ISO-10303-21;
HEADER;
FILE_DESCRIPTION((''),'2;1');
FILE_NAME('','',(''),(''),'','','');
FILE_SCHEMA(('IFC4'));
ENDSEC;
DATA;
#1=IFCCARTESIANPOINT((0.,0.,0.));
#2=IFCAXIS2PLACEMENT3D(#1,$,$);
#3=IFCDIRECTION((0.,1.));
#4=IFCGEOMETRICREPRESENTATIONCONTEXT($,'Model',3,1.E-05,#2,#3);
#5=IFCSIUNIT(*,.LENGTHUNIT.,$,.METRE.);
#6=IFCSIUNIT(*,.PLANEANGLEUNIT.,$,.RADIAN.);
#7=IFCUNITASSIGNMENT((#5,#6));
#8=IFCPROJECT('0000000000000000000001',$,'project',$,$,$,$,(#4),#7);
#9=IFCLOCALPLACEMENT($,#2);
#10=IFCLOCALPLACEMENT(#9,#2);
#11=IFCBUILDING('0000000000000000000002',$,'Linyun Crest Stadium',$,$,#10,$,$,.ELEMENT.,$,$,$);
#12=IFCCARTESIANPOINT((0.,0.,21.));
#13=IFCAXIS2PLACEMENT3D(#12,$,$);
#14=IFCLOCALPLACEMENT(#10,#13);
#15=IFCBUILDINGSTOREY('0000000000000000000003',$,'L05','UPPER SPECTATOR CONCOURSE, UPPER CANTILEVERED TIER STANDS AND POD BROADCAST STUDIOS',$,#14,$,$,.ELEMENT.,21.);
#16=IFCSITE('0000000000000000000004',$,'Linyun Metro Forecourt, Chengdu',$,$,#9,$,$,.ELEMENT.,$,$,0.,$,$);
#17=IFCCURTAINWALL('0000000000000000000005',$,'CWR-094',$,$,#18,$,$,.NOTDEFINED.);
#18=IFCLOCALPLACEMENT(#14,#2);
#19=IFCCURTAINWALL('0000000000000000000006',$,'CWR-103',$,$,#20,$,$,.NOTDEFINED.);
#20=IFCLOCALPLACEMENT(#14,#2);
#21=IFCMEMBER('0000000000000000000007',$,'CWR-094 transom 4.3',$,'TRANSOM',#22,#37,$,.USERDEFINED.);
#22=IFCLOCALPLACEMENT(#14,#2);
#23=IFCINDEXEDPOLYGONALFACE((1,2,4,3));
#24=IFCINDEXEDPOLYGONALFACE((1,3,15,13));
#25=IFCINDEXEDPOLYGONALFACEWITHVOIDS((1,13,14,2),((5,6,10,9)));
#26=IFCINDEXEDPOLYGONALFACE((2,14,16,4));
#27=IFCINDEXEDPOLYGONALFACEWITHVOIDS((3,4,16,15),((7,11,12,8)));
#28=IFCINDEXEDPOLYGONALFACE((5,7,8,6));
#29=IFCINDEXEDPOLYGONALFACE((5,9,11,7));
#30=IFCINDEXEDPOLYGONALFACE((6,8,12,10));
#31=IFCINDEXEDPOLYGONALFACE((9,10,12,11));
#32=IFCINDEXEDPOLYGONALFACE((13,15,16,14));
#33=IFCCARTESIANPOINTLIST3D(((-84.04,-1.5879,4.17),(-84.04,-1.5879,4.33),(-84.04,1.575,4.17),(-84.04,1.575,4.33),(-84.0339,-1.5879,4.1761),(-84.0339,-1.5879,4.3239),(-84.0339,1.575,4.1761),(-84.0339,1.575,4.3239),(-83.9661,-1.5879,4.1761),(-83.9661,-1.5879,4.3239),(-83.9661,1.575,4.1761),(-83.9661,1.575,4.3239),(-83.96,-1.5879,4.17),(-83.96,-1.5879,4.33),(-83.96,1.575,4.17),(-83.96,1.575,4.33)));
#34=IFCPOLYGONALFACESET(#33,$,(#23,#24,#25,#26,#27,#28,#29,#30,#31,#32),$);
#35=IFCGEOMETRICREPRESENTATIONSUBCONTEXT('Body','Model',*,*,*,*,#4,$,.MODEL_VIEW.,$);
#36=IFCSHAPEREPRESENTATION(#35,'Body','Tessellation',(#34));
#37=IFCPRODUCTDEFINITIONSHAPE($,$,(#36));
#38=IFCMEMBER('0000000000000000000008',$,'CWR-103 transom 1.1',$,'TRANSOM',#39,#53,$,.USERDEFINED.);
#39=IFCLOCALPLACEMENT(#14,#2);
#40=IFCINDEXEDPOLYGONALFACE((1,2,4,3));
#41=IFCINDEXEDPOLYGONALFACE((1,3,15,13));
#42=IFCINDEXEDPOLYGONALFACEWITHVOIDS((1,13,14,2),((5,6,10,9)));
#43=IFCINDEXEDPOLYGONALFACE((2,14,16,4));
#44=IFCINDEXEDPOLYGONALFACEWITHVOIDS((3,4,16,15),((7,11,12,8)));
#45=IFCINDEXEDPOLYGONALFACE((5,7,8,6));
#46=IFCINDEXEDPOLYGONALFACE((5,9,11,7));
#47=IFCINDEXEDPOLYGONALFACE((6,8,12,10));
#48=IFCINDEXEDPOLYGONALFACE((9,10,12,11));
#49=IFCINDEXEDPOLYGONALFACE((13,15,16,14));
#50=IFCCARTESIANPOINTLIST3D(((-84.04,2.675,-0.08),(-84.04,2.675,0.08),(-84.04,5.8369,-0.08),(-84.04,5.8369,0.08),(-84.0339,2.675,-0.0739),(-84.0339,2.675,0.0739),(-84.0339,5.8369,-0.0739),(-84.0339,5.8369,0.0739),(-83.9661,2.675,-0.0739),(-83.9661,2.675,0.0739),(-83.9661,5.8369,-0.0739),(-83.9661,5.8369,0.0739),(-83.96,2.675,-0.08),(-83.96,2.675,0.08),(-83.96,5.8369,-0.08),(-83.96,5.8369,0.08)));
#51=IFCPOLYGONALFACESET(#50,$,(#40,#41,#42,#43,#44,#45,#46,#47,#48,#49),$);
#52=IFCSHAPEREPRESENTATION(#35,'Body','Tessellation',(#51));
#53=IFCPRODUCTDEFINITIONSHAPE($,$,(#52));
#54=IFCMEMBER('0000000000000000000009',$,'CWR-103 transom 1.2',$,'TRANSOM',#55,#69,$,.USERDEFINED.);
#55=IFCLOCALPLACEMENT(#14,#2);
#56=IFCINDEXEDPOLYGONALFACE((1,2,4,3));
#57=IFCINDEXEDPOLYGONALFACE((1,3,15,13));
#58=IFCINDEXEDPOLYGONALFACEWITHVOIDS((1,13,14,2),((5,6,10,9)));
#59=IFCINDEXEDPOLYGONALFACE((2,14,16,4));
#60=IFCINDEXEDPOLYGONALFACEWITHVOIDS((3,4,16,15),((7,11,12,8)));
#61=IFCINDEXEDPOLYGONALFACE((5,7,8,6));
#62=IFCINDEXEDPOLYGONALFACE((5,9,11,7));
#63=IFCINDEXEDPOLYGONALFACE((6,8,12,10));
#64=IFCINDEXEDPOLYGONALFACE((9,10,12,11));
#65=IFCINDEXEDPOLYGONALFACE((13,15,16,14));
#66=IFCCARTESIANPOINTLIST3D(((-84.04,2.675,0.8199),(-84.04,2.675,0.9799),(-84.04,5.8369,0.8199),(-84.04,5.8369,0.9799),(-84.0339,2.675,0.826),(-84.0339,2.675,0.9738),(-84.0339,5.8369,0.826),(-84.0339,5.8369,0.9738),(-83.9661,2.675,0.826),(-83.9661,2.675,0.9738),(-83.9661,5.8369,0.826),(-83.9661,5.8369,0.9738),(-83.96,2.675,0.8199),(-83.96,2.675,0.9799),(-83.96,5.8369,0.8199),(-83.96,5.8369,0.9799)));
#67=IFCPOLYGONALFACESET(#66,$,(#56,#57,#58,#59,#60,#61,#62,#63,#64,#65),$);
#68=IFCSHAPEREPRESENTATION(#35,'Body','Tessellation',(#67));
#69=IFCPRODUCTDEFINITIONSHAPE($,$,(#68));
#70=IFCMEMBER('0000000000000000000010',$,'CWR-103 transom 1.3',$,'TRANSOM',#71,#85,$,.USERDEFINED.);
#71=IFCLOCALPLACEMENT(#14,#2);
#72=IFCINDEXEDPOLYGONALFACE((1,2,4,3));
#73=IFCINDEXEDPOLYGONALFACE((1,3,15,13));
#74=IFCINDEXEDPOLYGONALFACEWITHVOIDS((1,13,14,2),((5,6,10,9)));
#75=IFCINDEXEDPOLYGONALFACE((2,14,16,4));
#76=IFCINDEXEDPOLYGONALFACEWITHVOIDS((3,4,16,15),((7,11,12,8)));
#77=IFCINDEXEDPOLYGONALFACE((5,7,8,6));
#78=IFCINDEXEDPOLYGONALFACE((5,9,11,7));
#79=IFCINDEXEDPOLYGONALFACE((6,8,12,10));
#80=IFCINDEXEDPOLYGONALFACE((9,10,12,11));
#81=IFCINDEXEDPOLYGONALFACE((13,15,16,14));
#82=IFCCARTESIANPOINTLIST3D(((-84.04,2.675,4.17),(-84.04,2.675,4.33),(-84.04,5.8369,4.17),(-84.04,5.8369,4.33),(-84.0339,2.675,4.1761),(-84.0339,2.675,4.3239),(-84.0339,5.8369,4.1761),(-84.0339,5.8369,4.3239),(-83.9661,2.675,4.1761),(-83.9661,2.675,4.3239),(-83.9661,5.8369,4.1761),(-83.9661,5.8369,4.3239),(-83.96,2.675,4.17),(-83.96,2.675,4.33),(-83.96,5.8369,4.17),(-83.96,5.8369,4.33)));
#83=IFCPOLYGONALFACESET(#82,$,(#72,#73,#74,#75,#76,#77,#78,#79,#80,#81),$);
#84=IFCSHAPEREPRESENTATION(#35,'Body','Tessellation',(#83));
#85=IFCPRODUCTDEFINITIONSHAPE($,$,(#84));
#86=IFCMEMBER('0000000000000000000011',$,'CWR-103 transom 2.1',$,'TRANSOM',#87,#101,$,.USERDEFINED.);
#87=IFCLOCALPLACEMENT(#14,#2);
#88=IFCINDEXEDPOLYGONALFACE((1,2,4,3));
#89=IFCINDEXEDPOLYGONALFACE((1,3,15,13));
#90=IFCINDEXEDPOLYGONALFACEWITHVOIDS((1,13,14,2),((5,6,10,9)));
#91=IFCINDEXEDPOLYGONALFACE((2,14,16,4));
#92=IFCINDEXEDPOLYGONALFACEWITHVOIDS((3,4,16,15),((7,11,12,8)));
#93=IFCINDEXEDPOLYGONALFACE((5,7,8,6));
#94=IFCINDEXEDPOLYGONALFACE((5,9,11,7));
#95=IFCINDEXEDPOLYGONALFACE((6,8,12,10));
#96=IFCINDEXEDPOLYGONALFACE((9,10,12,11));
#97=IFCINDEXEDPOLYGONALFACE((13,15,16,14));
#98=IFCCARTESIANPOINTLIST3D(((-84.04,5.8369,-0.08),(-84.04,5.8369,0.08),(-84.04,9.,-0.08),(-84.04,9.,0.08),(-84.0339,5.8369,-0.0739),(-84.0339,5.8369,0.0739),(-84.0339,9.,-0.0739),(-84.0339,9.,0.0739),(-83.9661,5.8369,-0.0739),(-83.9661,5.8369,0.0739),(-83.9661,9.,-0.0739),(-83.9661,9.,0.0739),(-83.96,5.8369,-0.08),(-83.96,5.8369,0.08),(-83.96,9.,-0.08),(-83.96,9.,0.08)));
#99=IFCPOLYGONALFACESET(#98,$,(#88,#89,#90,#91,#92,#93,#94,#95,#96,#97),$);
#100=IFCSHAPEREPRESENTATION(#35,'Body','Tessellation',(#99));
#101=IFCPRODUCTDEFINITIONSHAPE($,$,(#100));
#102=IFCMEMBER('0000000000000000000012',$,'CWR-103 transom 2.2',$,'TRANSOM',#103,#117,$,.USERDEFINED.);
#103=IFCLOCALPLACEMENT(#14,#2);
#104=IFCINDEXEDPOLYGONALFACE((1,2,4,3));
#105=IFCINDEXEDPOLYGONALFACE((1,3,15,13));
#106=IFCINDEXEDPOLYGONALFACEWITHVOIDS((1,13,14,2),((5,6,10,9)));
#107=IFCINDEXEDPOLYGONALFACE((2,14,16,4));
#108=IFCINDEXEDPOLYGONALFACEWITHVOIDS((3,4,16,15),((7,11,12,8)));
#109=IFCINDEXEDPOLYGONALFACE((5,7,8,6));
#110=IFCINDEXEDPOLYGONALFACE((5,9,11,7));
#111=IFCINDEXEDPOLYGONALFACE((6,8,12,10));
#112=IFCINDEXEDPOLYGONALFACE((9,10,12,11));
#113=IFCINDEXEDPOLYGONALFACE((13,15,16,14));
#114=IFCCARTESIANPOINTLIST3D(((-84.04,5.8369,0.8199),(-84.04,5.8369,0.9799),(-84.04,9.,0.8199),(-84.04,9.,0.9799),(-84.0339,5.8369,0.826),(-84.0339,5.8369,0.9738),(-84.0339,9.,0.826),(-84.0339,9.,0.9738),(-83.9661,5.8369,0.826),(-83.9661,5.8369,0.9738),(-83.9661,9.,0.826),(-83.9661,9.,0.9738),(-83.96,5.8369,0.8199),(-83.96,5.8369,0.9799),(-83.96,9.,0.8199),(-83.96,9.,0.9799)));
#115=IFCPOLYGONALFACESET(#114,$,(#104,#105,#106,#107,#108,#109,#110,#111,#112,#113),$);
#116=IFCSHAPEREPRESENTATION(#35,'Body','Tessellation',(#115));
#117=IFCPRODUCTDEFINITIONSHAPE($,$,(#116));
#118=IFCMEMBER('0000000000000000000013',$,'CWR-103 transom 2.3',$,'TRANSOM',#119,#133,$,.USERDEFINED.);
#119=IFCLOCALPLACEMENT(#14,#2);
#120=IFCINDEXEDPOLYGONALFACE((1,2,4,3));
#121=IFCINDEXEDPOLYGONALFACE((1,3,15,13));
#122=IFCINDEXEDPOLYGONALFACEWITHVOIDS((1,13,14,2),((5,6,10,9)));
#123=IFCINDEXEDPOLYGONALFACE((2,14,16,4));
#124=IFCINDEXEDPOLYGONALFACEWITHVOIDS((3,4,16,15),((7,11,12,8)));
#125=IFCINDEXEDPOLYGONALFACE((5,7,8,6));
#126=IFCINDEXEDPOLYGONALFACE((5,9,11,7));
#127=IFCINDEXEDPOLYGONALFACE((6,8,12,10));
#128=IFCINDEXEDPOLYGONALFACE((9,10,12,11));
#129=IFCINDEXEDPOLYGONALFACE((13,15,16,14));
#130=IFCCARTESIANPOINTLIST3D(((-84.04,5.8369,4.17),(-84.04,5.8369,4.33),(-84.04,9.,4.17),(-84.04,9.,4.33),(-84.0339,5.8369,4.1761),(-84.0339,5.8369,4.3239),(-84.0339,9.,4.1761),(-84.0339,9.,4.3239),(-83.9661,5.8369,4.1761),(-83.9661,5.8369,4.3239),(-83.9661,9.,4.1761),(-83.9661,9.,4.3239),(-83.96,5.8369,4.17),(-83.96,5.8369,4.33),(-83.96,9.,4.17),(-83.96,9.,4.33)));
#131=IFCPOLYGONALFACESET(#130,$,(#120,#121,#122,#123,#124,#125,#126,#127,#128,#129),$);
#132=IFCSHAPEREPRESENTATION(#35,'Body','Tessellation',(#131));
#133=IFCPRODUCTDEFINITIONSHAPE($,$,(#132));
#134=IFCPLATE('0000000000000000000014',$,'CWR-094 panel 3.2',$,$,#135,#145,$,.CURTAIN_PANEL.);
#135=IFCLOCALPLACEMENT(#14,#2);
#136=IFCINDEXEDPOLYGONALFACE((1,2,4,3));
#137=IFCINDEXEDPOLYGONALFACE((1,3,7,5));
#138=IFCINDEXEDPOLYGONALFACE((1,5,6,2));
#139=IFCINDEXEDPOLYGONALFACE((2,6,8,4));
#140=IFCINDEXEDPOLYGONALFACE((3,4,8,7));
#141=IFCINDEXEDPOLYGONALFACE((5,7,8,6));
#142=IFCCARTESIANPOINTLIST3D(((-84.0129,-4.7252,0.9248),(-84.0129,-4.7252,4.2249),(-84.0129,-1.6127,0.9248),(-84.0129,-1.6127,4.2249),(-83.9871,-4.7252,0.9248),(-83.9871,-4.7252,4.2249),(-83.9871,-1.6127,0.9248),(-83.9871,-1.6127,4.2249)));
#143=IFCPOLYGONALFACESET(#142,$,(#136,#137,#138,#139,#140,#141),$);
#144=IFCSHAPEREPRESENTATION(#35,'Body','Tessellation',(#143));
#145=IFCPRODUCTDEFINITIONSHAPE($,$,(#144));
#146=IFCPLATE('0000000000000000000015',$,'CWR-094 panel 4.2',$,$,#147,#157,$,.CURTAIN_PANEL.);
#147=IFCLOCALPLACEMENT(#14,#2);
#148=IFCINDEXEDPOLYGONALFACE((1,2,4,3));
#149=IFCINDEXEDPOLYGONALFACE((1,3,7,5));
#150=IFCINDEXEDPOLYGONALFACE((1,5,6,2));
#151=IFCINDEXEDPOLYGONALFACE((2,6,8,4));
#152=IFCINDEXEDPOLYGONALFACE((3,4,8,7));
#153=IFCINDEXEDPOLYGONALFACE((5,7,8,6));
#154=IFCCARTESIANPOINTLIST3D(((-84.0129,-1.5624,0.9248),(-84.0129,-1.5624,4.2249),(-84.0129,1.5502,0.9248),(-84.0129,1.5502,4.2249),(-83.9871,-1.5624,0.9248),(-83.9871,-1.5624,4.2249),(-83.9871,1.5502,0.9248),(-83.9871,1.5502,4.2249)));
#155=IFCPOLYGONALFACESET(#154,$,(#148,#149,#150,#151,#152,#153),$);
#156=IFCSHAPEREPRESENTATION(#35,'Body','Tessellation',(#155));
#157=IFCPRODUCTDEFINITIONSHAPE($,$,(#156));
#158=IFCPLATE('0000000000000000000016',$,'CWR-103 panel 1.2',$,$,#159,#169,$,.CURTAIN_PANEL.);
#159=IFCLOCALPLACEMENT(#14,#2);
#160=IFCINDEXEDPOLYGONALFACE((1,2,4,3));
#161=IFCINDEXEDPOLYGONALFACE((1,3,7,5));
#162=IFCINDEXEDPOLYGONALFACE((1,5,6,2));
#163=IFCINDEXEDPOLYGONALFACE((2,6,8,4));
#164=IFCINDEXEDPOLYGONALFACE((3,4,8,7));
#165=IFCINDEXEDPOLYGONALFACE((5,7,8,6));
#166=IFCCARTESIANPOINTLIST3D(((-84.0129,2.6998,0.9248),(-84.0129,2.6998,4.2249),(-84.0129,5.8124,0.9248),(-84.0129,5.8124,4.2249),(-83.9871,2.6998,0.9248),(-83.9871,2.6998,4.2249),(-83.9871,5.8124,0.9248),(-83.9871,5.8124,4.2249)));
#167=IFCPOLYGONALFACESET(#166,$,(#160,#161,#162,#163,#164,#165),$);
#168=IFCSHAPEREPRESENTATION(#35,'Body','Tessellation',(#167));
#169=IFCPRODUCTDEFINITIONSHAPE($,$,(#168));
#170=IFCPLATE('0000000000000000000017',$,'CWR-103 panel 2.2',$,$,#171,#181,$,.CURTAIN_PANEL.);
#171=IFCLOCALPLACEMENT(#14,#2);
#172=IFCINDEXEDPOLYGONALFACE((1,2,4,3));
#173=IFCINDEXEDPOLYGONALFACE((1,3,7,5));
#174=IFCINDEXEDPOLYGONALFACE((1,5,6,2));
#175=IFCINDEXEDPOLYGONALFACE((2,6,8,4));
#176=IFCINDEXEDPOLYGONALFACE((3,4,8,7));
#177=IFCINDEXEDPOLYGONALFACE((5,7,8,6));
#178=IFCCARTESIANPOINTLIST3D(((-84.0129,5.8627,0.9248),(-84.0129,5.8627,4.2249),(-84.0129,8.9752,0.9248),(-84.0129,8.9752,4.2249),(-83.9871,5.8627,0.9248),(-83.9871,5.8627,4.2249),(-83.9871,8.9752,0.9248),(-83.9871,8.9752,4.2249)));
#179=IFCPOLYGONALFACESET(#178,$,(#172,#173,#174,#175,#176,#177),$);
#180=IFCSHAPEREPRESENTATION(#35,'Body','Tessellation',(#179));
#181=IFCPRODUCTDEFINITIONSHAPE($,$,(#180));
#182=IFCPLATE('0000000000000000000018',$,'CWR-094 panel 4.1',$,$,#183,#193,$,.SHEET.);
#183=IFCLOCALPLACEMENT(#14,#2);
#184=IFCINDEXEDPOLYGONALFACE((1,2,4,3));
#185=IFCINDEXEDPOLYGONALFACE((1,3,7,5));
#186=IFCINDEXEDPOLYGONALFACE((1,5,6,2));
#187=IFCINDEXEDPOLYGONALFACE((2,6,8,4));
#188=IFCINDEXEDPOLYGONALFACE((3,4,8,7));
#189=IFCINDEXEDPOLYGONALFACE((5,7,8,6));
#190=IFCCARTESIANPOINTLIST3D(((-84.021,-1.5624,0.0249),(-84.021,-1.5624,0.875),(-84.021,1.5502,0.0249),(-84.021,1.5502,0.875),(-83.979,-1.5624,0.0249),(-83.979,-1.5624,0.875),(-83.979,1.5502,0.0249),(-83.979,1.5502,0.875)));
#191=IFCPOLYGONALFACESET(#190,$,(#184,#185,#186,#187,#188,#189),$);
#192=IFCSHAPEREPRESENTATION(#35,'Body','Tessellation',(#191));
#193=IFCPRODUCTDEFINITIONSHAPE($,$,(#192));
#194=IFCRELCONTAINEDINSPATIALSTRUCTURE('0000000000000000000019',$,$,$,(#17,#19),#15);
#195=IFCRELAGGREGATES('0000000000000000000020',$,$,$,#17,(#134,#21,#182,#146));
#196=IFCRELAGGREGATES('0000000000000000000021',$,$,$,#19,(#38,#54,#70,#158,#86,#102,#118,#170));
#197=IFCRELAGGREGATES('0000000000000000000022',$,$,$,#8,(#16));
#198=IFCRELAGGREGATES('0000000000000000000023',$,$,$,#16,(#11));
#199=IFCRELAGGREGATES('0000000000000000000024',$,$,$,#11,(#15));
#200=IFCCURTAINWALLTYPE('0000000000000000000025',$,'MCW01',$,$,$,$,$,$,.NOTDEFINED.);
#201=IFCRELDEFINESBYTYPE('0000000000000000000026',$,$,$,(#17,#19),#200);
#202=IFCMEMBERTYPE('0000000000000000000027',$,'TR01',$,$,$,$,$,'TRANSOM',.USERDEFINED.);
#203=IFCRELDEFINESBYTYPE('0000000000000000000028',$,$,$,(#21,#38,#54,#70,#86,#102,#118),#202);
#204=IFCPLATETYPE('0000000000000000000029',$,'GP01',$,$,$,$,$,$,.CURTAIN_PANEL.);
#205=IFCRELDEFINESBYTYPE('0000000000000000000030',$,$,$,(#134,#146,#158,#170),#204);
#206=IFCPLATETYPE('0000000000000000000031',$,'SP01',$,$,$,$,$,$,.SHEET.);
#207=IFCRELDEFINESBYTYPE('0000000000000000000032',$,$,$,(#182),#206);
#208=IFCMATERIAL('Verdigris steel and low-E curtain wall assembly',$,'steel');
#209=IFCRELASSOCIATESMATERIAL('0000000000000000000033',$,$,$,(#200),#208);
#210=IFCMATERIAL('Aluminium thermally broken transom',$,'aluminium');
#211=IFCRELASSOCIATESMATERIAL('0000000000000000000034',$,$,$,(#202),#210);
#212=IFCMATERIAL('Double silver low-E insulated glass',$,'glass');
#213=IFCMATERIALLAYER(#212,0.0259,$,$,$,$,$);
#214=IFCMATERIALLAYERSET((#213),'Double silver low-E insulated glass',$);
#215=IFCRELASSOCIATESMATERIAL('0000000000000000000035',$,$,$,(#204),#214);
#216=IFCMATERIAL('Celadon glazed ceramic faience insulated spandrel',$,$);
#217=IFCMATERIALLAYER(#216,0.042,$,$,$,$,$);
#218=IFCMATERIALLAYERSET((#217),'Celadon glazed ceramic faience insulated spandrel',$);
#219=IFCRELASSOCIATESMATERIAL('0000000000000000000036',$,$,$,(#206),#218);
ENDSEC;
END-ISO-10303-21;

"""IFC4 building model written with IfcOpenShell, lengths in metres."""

from ifc_helpers import new_model, si_unit, direction, frame, origin, origin_2d, place, context, subcontext, project, spatial, rectangle, hollow_rectangle, extrude, material, layer, layer_set, material_profile, profile_set, type_object, element, aggregate, save


model = new_model("IFC4")

# Units and contexts
model_context = context("Model", 3, precision=1e-05, world=origin(), true_north=direction((0.0, 1.0)))
body_context = subcontext(model_context, "Body", "Model", "MODEL_VIEW")
ifc_project = project(units=[si_unit("LENGTHUNIT", "METRE"), si_unit("PLANEANGLEUNIT", "RADIAN")], contexts=[model_context])

# Site, building, storey
site_placement = place(None, origin())
site = spatial("IfcSite", under=ifc_project, at=site_placement, Name="Linyun Metro Forecourt, Chengdu", CompositionType="ELEMENT", RefElevation=0.0)
building_placement = place(site_placement, origin())
building = spatial("IfcBuilding", under=site, at=building_placement, Name="Linyun Crest Stadium", CompositionType="ELEMENT")
storey_placement = place(building_placement, frame((0.0, 0.0, 21.0)))
storey = spatial("IfcBuildingStorey", under=building, at=storey_placement, Name="L05", Description="UPPER SPECTATOR CONCOURSE, UPPER CANTILEVERED TIER STANDS AND POD BROADCAST STUDIOS", CompositionType="ELEMENT", Elevation=21.0)

# Curtain walls
ifc_material_1 = material(Name="Verdigris steel and low-E curtain wall assembly", Category="steel")
curtain_wall_type = type_object("IfcCurtainWallType", Name="MCW01", PredefinedType="NOTDEFINED", material=ifc_material_1)
curtain_wall_1_placement = place(storey_placement, origin())
curtain_wall_1 = element("IfcCurtainWall", 1, at=curtain_wall_1_placement, inside=storey, type_object=curtain_wall_type, Name="CWR-094", PredefinedType="NOTDEFINED")
curtain_wall_2_placement = place(storey_placement, origin())
curtain_wall_2 = element("IfcCurtainWall", 2, at=curtain_wall_2_placement, inside=storey, type_object=curtain_wall_type, Name="CWR-103", PredefinedType="NOTDEFINED")

# Members
ifc_material_2 = material(Name="Aluminium thermally broken transom", Category="aluminium")
ifc_material_profile_1 = material_profile(ifc_material_2, hollow_rectangle(XDim=0.0801, YDim=0.1599, WallThickness=0.0061, at=origin_2d()), Name="RHS 160x80x6")
ifc_profile_set_1 = profile_set([ifc_material_profile_1], Name="Aluminium thermally broken transom")
member_type_1 = type_object("IfcMemberType", Name="TR01", ElementType="TRANSOM", PredefinedType="USERDEFINED", material=ifc_profile_set_1)
member_1_placement = place(storey_placement, frame((-84.0, -1.5879, 4.25), z_axis=(0.0, 1.0, 0.0), x_axis=(-1.0, 0.0, 0.0)))
member_1 = element("IfcMember", 3, at=member_1_placement, type_object=member_type_1, Name="CWR-094 transom 4.3", ObjectType="TRANSOM", PredefinedType="USERDEFINED", context=body_context, shape_type="SweptSolid", body=[
    extrude(hollow_rectangle(XDim=0.0801, YDim=0.1599, WallThickness=0.0061, at=origin_2d()), origin(), (0.0, 0.0, 1.0), 3.1628),
])
member_2_placement = place(storey_placement, frame((-84.0, 2.675, 0.0), z_axis=(0.0, 1.0, 0.0), x_axis=(-1.0, 0.0, 0.0)))
member_2 = element("IfcMember", 4, at=member_2_placement, type_object=member_type_1, Name="CWR-103 transom 1.1", ObjectType="TRANSOM", PredefinedType="USERDEFINED", context=body_context, shape_type="SweptSolid", body=[
    extrude(hollow_rectangle(XDim=0.0801, YDim=0.1599, WallThickness=0.0061, at=origin_2d()), origin(), (0.0, 0.0, 1.0), 3.1619),
])
member_3_placement = place(storey_placement, frame((-84.0, 2.675, 0.8999), z_axis=(0.0, 1.0, 0.0), x_axis=(-1.0, 0.0, 0.0)))
member_3 = element("IfcMember", 5, at=member_3_placement, type_object=member_type_1, Name="CWR-103 transom 1.2", ObjectType="TRANSOM", PredefinedType="USERDEFINED", context=body_context, shape_type="SweptSolid", body=[
    extrude(hollow_rectangle(XDim=0.0801, YDim=0.1599, WallThickness=0.0061, at=origin_2d()), origin(), (0.0, 0.0, 1.0), 3.1619),
])
member_4_placement = place(storey_placement, frame((-84.0, 2.675, 4.25), z_axis=(0.0, 1.0, 0.0), x_axis=(-1.0, 0.0, 0.0)))
member_4 = element("IfcMember", 6, at=member_4_placement, type_object=member_type_1, Name="CWR-103 transom 1.3", ObjectType="TRANSOM", PredefinedType="USERDEFINED", context=body_context, shape_type="SweptSolid", body=[
    extrude(hollow_rectangle(XDim=0.0801, YDim=0.1599, WallThickness=0.0061, at=origin_2d()), origin(), (0.0, 0.0, 1.0), 3.1619),
])
member_5_placement = place(storey_placement, frame((-84.0, 5.8369, 0.0), z_axis=(0.0, 1.0, 0.0), x_axis=(-1.0, 0.0, 0.0)))
member_5 = element("IfcMember", 7, at=member_5_placement, type_object=member_type_1, Name="CWR-103 transom 2.1", ObjectType="TRANSOM", PredefinedType="USERDEFINED", context=body_context, shape_type="SweptSolid", body=[
    extrude(hollow_rectangle(XDim=0.0801, YDim=0.1599, WallThickness=0.0061, at=origin_2d()), origin(), (0.0, 0.0, 1.0), 3.1631),
])
member_6_placement = place(storey_placement, frame((-84.0, 5.8369, 0.8999), z_axis=(0.0, 1.0, 0.0), x_axis=(-1.0, 0.0, 0.0)))
member_6 = element("IfcMember", 8, at=member_6_placement, type_object=member_type_1, Name="CWR-103 transom 2.2", ObjectType="TRANSOM", PredefinedType="USERDEFINED", context=body_context, shape_type="SweptSolid", body=[
    extrude(hollow_rectangle(XDim=0.0801, YDim=0.1599, WallThickness=0.0061, at=origin_2d()), origin(), (0.0, 0.0, 1.0), 3.1631),
])
member_7_placement = place(storey_placement, frame((-84.0, 5.8369, 4.25), z_axis=(0.0, 1.0, 0.0), x_axis=(-1.0, 0.0, 0.0)))
member_7 = element("IfcMember", 9, at=member_7_placement, type_object=member_type_1, Name="CWR-103 transom 2.3", ObjectType="TRANSOM", PredefinedType="USERDEFINED", context=body_context, shape_type="SweptSolid", body=[
    extrude(hollow_rectangle(XDim=0.0801, YDim=0.1599, WallThickness=0.0061, at=origin_2d()), origin(), (0.0, 0.0, 1.0), 3.1631),
])

# Plates
ifc_material_3 = material(Name="Double silver low-E insulated glass", Category="glass")
ifc_layer_1 = layer(ifc_material_3, 0.0259)
ifc_layer_set_1 = layer_set([ifc_layer_1], Name="Double silver low-E insulated glass")
plate_type_1 = type_object("IfcPlateType", Name="GP01", PredefinedType="CURTAIN_PANEL", material=ifc_layer_set_1)
plate_1_placement = place(storey_placement, frame((-84.0, -3.1689, 0.9248), z_axis=(0.0, 0.0, 1.0), x_axis=(0.0, 1.0, 0.0)))
plate_1 = element("IfcPlate", 10, at=plate_1_placement, type_object=plate_type_1, Name="CWR-094 panel 3.2", PredefinedType="CURTAIN_PANEL", context=body_context, shape_type="SweptSolid", body=[
    extrude(rectangle(XDim=3.1125, YDim=0.0259, at=origin_2d()), origin(), (0.0, 0.0, 1.0), 3.3),
])
plate_2_placement = place(storey_placement, frame((-84.0, -0.0061, 0.9248), z_axis=(0.0, 0.0, 1.0), x_axis=(0.0, 1.0, 0.0)))
plate_2 = element("IfcPlate", 11, at=plate_2_placement, type_object=plate_type_1, Name="CWR-094 panel 4.2", PredefinedType="CURTAIN_PANEL", context=body_context, shape_type="SweptSolid", body=[
    extrude(rectangle(XDim=3.1125, YDim=0.0259, at=origin_2d()), origin(), (0.0, 0.0, 1.0), 3.3),
])
plate_3_placement = place(storey_placement, frame((-84.0, 4.2561, 0.9248), z_axis=(0.0, 0.0, 1.0), x_axis=(0.0, 1.0, 0.0)))
plate_3 = element("IfcPlate", 12, at=plate_3_placement, type_object=plate_type_1, Name="CWR-103 panel 1.2", PredefinedType="CURTAIN_PANEL", context=body_context, shape_type="SweptSolid", body=[
    extrude(rectangle(XDim=3.1125, YDim=0.0259, at=origin_2d()), origin(), (0.0, 0.0, 1.0), 3.3),
])
plate_4_placement = place(storey_placement, frame((-84.0, 7.4189, 0.9248), z_axis=(0.0, 0.0, 1.0), x_axis=(0.0, 1.0, 0.0)))
plate_4 = element("IfcPlate", 13, at=plate_4_placement, type_object=plate_type_1, Name="CWR-103 panel 2.2", PredefinedType="CURTAIN_PANEL", context=body_context, shape_type="SweptSolid", body=[
    extrude(rectangle(XDim=3.1125, YDim=0.0259, at=origin_2d()), origin(), (0.0, 0.0, 1.0), 3.3),
])
ifc_material_4 = material(Name="Celadon glazed ceramic faience insulated spandrel")
ifc_layer_2 = layer(ifc_material_4, 0.042)
ifc_layer_set_2 = layer_set([ifc_layer_2], Name="Celadon glazed ceramic faience insulated spandrel")
plate_type_2 = type_object("IfcPlateType", Name="SP01", PredefinedType="SHEET", material=ifc_layer_set_2)
plate_5_placement = place(storey_placement, frame((-84.0, -0.0061, 0.0249), z_axis=(0.0, 0.0, 1.0), x_axis=(0.0, 1.0, 0.0)))
plate_5 = element("IfcPlate", 14, at=plate_5_placement, type_object=plate_type_2, Name="CWR-094 panel 4.1", PredefinedType="SHEET", context=body_context, shape_type="SweptSolid", body=[
    extrude(rectangle(XDim=3.1125, YDim=0.042, at=origin_2d()), origin(), (0.0, 0.0, 1.0), 0.8501),
])
aggregate(curtain_wall_1, [plate_1, member_1, plate_5, plate_2])
aggregate(curtain_wall_2, [member_2, member_3, member_4, plate_3, member_5, member_6, member_7, plate_4])

save(model, "model.ifc")
